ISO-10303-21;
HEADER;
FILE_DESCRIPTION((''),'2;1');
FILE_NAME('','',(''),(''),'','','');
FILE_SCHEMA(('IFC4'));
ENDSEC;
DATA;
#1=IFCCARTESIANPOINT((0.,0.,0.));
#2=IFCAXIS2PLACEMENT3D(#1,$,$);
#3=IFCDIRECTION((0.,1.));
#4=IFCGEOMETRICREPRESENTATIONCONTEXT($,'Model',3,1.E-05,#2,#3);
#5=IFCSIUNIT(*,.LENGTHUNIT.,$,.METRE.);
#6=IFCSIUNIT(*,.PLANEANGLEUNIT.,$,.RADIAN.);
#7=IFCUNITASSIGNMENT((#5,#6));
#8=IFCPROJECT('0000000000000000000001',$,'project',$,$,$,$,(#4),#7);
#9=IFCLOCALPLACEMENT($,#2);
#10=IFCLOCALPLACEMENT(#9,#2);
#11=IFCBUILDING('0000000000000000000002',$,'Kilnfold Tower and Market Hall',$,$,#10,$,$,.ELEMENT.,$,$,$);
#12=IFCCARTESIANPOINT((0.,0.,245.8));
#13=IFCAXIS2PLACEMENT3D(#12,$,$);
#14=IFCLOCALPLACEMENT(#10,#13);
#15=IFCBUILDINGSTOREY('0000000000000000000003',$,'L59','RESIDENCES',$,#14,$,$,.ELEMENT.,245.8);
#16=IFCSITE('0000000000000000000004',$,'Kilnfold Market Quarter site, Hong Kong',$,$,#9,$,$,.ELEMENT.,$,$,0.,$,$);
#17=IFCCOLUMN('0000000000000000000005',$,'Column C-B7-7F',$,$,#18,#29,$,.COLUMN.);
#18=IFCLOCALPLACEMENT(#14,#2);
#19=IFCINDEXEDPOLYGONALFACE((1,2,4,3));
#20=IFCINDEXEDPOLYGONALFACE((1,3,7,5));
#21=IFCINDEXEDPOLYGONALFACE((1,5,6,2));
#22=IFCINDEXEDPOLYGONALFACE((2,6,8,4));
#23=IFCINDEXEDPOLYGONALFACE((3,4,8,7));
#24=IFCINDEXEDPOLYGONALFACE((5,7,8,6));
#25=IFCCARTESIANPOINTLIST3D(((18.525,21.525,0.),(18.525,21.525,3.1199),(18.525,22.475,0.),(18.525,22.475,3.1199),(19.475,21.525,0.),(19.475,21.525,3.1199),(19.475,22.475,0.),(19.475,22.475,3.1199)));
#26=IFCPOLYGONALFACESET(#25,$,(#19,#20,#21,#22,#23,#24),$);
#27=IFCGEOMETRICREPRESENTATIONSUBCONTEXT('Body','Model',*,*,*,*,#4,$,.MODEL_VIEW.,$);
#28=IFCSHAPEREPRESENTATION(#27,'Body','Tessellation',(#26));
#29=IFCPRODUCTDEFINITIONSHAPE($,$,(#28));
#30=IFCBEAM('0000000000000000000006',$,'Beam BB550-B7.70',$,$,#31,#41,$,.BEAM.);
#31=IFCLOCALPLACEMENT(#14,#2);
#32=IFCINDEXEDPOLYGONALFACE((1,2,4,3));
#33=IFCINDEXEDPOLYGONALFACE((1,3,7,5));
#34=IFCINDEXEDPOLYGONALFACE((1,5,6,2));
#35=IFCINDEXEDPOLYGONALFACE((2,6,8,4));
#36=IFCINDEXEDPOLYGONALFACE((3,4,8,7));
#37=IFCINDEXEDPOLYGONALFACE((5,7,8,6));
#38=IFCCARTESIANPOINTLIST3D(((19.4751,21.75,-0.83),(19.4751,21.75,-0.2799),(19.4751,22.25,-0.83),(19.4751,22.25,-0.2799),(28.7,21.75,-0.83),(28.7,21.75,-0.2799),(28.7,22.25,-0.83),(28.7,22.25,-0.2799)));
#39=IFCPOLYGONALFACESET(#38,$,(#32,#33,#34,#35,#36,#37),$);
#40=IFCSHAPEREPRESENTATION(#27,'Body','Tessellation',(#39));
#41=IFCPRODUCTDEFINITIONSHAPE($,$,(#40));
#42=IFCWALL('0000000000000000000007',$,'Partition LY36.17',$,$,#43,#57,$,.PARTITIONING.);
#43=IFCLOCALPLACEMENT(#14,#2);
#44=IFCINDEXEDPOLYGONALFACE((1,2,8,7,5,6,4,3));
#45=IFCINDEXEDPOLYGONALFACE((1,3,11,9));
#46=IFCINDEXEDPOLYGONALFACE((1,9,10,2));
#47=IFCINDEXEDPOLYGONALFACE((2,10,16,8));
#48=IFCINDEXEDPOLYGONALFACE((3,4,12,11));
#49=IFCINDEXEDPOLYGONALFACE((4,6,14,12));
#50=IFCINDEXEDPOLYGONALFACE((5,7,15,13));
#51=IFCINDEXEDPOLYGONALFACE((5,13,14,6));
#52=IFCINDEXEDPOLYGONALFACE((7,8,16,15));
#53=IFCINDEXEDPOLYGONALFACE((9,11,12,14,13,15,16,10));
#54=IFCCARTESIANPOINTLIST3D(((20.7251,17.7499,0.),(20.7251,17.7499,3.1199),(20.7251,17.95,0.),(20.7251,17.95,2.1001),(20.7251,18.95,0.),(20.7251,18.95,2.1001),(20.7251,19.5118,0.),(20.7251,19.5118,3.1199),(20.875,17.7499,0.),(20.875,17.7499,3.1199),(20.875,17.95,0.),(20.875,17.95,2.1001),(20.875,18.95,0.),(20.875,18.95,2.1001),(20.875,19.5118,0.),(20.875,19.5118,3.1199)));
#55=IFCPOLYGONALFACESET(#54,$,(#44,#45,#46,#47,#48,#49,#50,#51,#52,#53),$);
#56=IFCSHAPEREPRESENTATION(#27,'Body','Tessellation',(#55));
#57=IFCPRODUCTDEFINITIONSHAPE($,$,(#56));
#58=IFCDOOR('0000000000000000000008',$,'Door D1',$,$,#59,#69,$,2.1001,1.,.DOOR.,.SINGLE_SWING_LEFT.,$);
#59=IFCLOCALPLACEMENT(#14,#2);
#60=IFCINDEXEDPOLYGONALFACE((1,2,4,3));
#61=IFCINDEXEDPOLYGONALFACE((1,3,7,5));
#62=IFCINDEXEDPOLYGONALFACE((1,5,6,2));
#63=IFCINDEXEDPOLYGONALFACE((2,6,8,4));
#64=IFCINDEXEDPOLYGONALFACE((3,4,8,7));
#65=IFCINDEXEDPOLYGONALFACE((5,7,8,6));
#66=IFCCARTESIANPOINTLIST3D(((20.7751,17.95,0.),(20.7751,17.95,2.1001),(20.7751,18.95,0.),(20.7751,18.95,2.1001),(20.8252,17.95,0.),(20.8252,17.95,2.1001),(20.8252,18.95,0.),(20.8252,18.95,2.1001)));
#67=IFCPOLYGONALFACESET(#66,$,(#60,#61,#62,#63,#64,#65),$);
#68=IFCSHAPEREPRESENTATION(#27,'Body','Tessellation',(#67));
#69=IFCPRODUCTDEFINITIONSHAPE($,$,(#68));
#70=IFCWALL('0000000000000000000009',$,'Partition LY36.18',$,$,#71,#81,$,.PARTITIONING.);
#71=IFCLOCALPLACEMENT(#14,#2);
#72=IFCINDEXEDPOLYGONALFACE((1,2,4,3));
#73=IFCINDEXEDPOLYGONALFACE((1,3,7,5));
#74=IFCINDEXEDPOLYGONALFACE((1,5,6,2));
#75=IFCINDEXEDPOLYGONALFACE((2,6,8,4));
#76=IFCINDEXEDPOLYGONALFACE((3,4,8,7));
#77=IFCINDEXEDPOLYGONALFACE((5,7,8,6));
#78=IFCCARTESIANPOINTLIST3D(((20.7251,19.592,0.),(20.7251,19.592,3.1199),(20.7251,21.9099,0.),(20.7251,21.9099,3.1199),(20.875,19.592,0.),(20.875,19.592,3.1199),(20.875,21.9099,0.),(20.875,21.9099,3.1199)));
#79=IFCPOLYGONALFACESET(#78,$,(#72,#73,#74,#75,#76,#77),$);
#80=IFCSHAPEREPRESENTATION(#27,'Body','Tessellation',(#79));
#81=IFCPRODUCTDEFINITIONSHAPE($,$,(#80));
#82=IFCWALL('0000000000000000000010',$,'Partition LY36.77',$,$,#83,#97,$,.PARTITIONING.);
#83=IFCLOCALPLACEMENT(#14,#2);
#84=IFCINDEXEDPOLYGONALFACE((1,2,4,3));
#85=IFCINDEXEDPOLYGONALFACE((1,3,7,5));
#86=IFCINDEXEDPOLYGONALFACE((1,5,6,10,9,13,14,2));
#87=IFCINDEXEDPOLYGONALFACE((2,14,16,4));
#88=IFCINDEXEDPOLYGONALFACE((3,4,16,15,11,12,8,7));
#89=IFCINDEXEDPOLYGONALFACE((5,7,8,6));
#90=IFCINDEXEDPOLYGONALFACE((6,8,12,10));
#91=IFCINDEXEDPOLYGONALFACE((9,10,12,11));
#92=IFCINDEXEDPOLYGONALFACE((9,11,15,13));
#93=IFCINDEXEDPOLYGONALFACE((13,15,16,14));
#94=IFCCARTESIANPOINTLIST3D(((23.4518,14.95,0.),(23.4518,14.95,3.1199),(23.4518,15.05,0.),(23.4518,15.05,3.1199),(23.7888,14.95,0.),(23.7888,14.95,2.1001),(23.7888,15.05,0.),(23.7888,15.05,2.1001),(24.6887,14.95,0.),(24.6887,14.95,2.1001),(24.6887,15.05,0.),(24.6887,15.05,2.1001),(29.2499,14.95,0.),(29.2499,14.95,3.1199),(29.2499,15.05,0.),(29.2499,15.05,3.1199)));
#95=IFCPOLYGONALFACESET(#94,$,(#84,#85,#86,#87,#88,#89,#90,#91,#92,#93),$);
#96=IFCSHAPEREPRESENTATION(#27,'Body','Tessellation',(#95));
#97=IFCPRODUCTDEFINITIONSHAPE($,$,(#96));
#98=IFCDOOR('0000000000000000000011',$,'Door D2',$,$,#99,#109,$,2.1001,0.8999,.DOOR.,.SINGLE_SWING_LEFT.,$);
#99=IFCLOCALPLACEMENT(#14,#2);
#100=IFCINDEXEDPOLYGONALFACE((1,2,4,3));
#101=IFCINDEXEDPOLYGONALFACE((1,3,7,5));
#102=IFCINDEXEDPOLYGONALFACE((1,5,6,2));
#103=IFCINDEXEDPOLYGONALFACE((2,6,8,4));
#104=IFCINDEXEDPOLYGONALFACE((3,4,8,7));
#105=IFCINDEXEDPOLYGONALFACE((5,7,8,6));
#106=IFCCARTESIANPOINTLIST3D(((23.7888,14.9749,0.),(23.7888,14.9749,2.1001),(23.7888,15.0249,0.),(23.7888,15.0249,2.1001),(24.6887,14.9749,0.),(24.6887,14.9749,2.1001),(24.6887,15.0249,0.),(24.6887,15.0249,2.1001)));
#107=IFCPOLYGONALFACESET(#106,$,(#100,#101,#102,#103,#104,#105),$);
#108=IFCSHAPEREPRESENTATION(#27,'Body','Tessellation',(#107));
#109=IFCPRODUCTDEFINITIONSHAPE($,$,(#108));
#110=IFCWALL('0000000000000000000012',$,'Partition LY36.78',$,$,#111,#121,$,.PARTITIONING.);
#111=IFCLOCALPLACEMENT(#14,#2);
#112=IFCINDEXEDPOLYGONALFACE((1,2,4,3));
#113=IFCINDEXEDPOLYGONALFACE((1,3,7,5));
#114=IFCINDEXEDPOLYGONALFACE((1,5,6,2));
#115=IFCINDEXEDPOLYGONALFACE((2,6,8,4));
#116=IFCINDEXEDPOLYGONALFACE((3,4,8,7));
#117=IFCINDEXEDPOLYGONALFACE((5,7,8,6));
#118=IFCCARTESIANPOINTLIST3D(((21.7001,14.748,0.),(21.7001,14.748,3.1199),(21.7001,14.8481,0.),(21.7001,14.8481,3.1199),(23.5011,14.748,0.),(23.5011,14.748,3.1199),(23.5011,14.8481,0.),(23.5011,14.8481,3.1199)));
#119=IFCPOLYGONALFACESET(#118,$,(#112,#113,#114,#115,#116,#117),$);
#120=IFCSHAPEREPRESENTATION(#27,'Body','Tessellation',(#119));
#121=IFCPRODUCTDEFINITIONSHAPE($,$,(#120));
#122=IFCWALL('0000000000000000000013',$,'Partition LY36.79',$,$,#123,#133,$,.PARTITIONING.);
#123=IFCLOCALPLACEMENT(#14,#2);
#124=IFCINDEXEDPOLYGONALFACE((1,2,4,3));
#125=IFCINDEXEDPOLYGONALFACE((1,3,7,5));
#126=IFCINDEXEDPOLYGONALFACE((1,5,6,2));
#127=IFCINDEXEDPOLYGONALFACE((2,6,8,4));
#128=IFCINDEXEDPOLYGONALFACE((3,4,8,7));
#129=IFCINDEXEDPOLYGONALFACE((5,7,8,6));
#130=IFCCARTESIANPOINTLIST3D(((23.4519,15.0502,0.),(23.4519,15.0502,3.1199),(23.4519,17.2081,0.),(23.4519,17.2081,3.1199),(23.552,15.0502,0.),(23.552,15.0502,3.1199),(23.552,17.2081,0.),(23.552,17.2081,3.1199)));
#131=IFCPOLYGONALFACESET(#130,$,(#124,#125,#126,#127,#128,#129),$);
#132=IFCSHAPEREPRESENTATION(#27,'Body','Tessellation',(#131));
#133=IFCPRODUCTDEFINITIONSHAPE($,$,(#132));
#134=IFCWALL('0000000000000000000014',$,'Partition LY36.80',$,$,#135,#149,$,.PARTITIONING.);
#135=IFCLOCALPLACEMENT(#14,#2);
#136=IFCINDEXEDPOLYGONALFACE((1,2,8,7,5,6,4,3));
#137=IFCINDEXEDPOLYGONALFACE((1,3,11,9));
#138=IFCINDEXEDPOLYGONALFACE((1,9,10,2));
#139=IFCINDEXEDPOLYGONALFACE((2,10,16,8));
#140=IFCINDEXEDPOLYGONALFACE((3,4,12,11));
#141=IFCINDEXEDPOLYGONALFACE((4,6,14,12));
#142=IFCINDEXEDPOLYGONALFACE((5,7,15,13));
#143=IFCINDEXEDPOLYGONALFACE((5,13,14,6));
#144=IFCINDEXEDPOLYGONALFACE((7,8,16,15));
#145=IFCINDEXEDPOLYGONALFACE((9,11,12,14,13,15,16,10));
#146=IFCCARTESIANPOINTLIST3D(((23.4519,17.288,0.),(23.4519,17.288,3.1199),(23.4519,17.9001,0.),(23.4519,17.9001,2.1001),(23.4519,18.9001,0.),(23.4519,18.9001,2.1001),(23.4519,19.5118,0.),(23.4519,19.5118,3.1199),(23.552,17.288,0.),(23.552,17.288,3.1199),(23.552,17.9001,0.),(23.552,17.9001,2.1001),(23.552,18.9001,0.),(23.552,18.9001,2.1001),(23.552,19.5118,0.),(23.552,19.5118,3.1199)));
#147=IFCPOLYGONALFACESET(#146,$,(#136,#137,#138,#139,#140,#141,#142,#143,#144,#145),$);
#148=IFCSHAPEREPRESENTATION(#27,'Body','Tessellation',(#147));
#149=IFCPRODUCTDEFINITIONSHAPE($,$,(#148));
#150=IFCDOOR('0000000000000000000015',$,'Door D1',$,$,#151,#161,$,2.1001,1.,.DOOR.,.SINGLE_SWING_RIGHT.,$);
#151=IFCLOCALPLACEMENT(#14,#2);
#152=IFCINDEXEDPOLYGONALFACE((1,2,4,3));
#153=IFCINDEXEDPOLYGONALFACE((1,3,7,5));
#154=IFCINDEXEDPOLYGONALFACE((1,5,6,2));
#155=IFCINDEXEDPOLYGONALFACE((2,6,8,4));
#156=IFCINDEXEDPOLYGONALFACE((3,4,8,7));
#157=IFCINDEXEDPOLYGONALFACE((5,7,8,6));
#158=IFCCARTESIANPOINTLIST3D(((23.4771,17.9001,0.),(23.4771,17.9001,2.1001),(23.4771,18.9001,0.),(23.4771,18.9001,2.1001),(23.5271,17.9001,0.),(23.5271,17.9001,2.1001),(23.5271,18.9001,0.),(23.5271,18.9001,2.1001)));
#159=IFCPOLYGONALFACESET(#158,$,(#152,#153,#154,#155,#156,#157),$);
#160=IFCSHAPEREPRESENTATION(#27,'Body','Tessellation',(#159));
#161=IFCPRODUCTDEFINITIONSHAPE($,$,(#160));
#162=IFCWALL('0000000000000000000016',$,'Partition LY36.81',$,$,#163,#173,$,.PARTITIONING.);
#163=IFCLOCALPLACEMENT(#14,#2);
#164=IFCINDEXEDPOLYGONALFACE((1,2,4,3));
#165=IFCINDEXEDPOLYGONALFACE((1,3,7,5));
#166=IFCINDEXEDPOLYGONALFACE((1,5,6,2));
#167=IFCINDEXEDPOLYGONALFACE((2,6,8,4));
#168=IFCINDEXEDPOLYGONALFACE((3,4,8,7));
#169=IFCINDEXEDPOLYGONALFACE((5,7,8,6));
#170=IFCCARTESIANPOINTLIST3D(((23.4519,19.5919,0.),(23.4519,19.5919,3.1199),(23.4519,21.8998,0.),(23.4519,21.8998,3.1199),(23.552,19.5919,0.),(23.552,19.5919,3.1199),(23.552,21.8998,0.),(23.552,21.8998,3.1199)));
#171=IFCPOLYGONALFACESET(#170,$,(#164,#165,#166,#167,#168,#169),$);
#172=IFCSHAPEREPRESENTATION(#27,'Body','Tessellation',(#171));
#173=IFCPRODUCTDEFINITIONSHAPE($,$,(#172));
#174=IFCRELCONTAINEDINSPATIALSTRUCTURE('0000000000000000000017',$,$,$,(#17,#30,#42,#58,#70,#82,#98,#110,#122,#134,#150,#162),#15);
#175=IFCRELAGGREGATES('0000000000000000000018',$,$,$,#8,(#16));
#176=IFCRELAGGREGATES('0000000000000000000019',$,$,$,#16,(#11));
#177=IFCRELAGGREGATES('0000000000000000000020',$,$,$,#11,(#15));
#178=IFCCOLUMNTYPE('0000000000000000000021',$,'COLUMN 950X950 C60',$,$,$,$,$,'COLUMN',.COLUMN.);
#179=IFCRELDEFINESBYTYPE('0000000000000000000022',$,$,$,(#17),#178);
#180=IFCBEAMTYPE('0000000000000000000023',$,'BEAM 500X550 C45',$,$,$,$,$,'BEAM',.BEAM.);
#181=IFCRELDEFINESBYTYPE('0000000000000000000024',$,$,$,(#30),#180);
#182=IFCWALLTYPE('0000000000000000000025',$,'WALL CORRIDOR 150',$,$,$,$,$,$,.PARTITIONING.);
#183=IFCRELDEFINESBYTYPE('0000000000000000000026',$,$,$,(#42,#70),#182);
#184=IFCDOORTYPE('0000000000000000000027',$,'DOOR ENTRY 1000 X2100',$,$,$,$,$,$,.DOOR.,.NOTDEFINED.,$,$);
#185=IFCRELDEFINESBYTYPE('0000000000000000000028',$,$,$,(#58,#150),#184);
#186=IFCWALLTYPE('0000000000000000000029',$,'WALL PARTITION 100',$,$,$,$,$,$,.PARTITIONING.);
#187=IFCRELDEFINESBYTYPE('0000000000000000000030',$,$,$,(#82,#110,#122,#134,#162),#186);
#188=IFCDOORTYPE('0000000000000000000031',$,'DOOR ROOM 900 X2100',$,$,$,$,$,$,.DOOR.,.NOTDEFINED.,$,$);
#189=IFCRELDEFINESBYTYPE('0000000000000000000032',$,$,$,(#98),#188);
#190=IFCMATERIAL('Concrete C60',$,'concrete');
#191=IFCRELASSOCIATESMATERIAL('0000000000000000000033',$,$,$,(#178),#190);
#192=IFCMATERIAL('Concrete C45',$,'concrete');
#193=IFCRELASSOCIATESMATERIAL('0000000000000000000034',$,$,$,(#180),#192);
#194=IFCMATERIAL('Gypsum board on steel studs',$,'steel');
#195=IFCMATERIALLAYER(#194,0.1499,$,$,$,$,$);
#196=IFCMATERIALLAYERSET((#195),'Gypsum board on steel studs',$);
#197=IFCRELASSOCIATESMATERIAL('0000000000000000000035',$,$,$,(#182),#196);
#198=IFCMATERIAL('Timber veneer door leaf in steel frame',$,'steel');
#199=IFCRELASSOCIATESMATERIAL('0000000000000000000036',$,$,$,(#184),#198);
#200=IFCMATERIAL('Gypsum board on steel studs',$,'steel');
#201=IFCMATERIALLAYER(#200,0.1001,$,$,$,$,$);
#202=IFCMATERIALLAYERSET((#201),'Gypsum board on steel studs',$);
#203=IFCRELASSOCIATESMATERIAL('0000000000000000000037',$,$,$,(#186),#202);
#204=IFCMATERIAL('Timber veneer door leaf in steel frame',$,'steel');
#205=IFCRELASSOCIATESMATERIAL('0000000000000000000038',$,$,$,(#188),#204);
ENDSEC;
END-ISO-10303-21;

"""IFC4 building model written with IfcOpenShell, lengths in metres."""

from ifc_helpers import new_model, si_unit, direction, frame, frame_2d, origin, origin_2d, place, context, subcontext, project, spatial, rectangle, extrude, source, transform, mapped, material, layer, layer_set, material_profile, profile_set, type_object, element, fill, save


model = new_model("IFC4")

# Units and contexts
model_context = context("Model", 3, precision=1e-05, world=origin(), true_north=direction((0.0, 1.0)))
body_context = subcontext(model_context, "Body", "Model", "MODEL_VIEW")
ifc_project = project(units=[si_unit("LENGTHUNIT", "METRE"), si_unit("PLANEANGLEUNIT", "RADIAN")], contexts=[model_context])

# Site, building, storey
site_placement = place(None, origin())
site = spatial("IfcSite", under=ifc_project, at=site_placement, Name="Kilnfold Market Quarter site, Hong Kong", CompositionType="ELEMENT", RefElevation=0.0)
building_placement = place(site_placement, origin())
building = spatial("IfcBuilding", under=site, at=building_placement, Name="Kilnfold Tower and Market Hall", CompositionType="ELEMENT")
storey_placement = place(building_placement, frame((0.0, 0.0, 245.8)))
storey = spatial("IfcBuildingStorey", under=building, at=storey_placement, Name="L59", Description="RESIDENCES", CompositionType="ELEMENT", Elevation=245.8)

# Column
ifc_material_1 = material(Name="Concrete C60", Category="concrete")
ifc_material_profile_1 = material_profile(ifc_material_1, rectangle(XDim=0.95, YDim=0.95, at=origin_2d()), Name="RC 950x950")
ifc_profile_set_1 = profile_set([ifc_material_profile_1], Name="Concrete C60")
column_type = type_object("IfcColumnType", Name="COLUMN 950X950 C60", ElementType="COLUMN", PredefinedType="COLUMN", material=ifc_profile_set_1)
shared_shape_1 = source(origin(), body_context, "Body", "SweptSolid", [
    extrude(rectangle(XDim=0.95, YDim=0.95, at=origin_2d()), origin(), (0.0, 0.0, 1.0), 3.1199),
])
column_placement = place(storey_placement, frame((19.0, 22.0, 0.0), z_axis=(0.0, 0.0, 1.0), x_axis=(1.0, 0.0, 0.0)))
element("IfcColumn", 1, at=column_placement, inside=storey, type_object=column_type, Name="Column C-B7-7F", PredefinedType="COLUMN", context=body_context, shape_type="MappedRepresentation", body=[
    mapped(shared_shape_1, transform((0.0, 0.0, 0.0))),
])

# Beam
ifc_material_2 = material(Name="Concrete C45", Category="concrete")
ifc_material_profile_2 = material_profile(ifc_material_2, rectangle(XDim=0.5, YDim=0.55, at=origin_2d()), Name="RC 500x550")
ifc_profile_set_2 = profile_set([ifc_material_profile_2], Name="Concrete C45")
beam_type = type_object("IfcBeamType", Name="BEAM 500X550 C45", ElementType="BEAM", PredefinedType="BEAM", material=ifc_profile_set_2)
shared_shape_2 = source(origin(), body_context, "Body", "SweptSolid", [
    extrude(rectangle(XDim=0.5, YDim=0.55, at=origin_2d()), origin(), (0.0, 0.0, 1.0), 9.2249),
])
beam_placement = place(storey_placement, frame((19.4751, 22.0, -0.5549), z_axis=(1.0, 0.0, 0.0), x_axis=(0.0, 1.0, 0.0)))
element("IfcBeam", 2, at=beam_placement, inside=storey, type_object=beam_type, Name="Beam BB550-B7.70", PredefinedType="BEAM", context=body_context, shape_type="MappedRepresentation", body=[
    mapped(shared_shape_2, transform((0.0, 0.0, 0.0))),
])

# Wall, opening, door
ifc_material_3 = material(Name="Gypsum board on steel studs", Category="steel")
ifc_layer_1 = layer(ifc_material_3, 0.1499)
ifc_layer_set_1 = layer_set([ifc_layer_1], Name="Gypsum board on steel studs")
wall_type_1 = type_object("IfcWallType", Name="WALL CORRIDOR 150", PredefinedType="PARTITIONING", material=ifc_layer_set_1)
wall_1_placement = place(storey_placement, frame((20.8, 17.75, 0.0), z_axis=(0.0, 0.0, 1.0), x_axis=(0.0, 1.0, 0.0)))
wall_1 = element("IfcWall", 3, at=wall_1_placement, inside=storey, type_object=wall_type_1, Name="Partition LY36.17", PredefinedType="PARTITIONING", context=body_context, shape_type="SweptSolid", body=[
    extrude(rectangle(XDim=1.762, YDim=0.1499, at=frame_2d((0.8809, 0.0))), origin(), (0.0, 0.0, 1.0), 3.1199),
])
opening_1_placement = place(wall_1_placement, frame((0.2, 0.0, 0.0)))
opening_1 = element("IfcOpeningElement", 4, at=opening_1_placement, cuts=wall_1, PredefinedType="OPENING", context=body_context, shape_type="SweptSolid", body=[
    extrude(rectangle(XDim=1.0, YDim=2.1001, at=frame_2d((0.5, 1.05))), frame((0.0, 0.085, 0.0), z_axis=(0.0, -1.0, 0.0), x_axis=(1.0, 0.0, 0.0)), (0.0, 0.0, 1.0), 0.1699),
])
ifc_material_4 = material(Name="Timber veneer door leaf in steel frame", Category="steel")
door_type_1 = type_object("IfcDoorType", Name="DOOR ENTRY 1000 X2100", OperationType="NOTDEFINED", PredefinedType="DOOR", material=ifc_material_4)
door_1_placement = place(opening_1_placement, origin())
door_1 = element("IfcDoor", 5, at=door_1_placement, inside=storey, type_object=door_type_1, Name="Door D1", OperationType="SINGLE_SWING_LEFT", OverallHeight=2.1001, OverallWidth=1.0, PredefinedType="DOOR", context=body_context, shape_type="SweptSolid", body=[
    extrude(rectangle(XDim=1.0, YDim=2.1001, at=frame_2d((0.5, 1.05))), frame((0.0, 0.0249, 0.0), z_axis=(0.0, -1.0, 0.0), x_axis=(1.0, 0.0, 0.0)), (0.0, 0.0, 1.0), 0.05),
])
fill(opening_1, door_1)

# Wall
wall_2_placement = place(storey_placement, frame((20.8, 19.592, 0.0), z_axis=(0.0, 0.0, 1.0), x_axis=(0.0, 1.0, 0.0)))
element("IfcWall", 6, at=wall_2_placement, inside=storey, type_object=wall_type_1, Name="Partition LY36.18", PredefinedType="PARTITIONING", context=body_context, shape_type="SweptSolid", body=[
    extrude(rectangle(XDim=2.3179, YDim=0.1499, at=frame_2d((1.1589, 0.0))), origin(), (0.0, 0.0, 1.0), 3.1199),
])

# Wall, opening, door
ifc_material_5 = material(Name="Gypsum board on steel studs", Category="steel")
ifc_layer_2 = layer(ifc_material_5, 0.1001)
ifc_layer_set_2 = layer_set([ifc_layer_2], Name="Gypsum board on steel studs")
wall_type_2 = type_object("IfcWallType", Name="WALL PARTITION 100", PredefinedType="PARTITIONING", material=ifc_layer_set_2)
wall_3_placement = place(storey_placement, frame((23.4519, 15.0, 0.0), z_axis=(0.0, 0.0, 1.0), x_axis=(1.0, 0.0, 0.0)))
wall_3 = element("IfcWall", 7, at=wall_3_placement, inside=storey, type_object=wall_type_2, Name="Partition LY36.77", PredefinedType="PARTITIONING", context=body_context, shape_type="SweptSolid", body=[
    extrude(rectangle(XDim=5.7981, YDim=0.1001, at=frame_2d((2.8989, 0.0))), origin(), (0.0, 0.0, 1.0), 3.1199),
])
opening_2_placement = place(wall_3_placement, frame((0.3369, 0.0, 0.0)))
opening_2 = element("IfcOpeningElement", 8, at=opening_2_placement, cuts=wall_3, PredefinedType="OPENING", context=body_context, shape_type="SweptSolid", body=[
    extrude(rectangle(XDim=0.8999, YDim=2.1001, at=frame_2d((0.45, 1.05))), frame((0.0, 0.0601, 0.0), z_axis=(0.0, -1.0, 0.0), x_axis=(1.0, 0.0, 0.0)), (0.0, 0.0, 1.0), 0.1201),
])
ifc_material_6 = material(Name="Timber veneer door leaf in steel frame", Category="steel")
door_type_2 = type_object("IfcDoorType", Name="DOOR ROOM 900 X2100", OperationType="NOTDEFINED", PredefinedType="DOOR", material=ifc_material_6)
door_2_placement = place(opening_2_placement, origin())
door_2 = element("IfcDoor", 9, at=door_2_placement, inside=storey, type_object=door_type_2, Name="Door D2", OperationType="SINGLE_SWING_LEFT", OverallHeight=2.1001, OverallWidth=0.8999, PredefinedType="DOOR", context=body_context, shape_type="SweptSolid", body=[
    extrude(rectangle(XDim=0.8999, YDim=2.1001, at=frame_2d((0.45, 1.05))), frame((0.0, 0.0249, 0.0), z_axis=(0.0, -1.0, 0.0), x_axis=(1.0, 0.0, 0.0)), (0.0, 0.0, 1.0), 0.05),
])
fill(opening_2, door_2)

# Walls
wall_4_placement = place(storey_placement, frame((23.501, 14.7981, 0.0), z_axis=(0.0, 0.0, 1.0), x_axis=(-1.0, 0.0, 0.0)))
element("IfcWall", 10, at=wall_4_placement, inside=storey, type_object=wall_type_2, Name="Partition LY36.78", PredefinedType="PARTITIONING", context=body_context, shape_type="SweptSolid", body=[
    extrude(rectangle(XDim=1.801, YDim=0.1001, at=frame_2d((0.9004, 0.0))), origin(), (0.0, 0.0, 1.0), 3.1199),
])
wall_5_placement = place(storey_placement, frame((23.502, 15.05, 0.0), z_axis=(0.0, 0.0, 1.0), x_axis=(0.0, 1.0, 0.0)))
element("IfcWall", 11, at=wall_5_placement, inside=storey, type_object=wall_type_2, Name="Partition LY36.79", PredefinedType="PARTITIONING", context=body_context, shape_type="SweptSolid", body=[
    extrude(rectangle(XDim=2.158, YDim=0.1001, at=frame_2d((1.0791, 0.0))), origin(), (0.0, 0.0, 1.0), 3.1199),
])

# Wall, opening, door
wall_6_placement = place(storey_placement, frame((23.502, 17.2881, 0.0), z_axis=(0.0, 0.0, 1.0), x_axis=(0.0, 1.0, 0.0)))
wall_6 = element("IfcWall", 12, at=wall_6_placement, inside=storey, type_object=wall_type_2, Name="Partition LY36.80", PredefinedType="PARTITIONING", context=body_context, shape_type="SweptSolid", body=[
    extrude(rectangle(XDim=2.2239, YDim=0.1001, at=frame_2d((1.1118, 0.0))), origin(), (0.0, 0.0, 1.0), 3.1199),
])
opening_3_placement = place(wall_6_placement, frame((0.6121, 0.0, 0.0)))
opening_3 = element("IfcOpeningElement", 13, at=opening_3_placement, cuts=wall_6, PredefinedType="OPENING", context=body_context, shape_type="SweptSolid", body=[
    extrude(rectangle(XDim=1.0, YDim=2.1001, at=frame_2d((0.5, 1.05))), frame((0.0, 0.0601, 0.0), z_axis=(0.0, -1.0, 0.0), x_axis=(1.0, 0.0, 0.0)), (0.0, 0.0, 1.0), 0.1201),
])
door_3_placement = place(opening_3_placement, origin())
door_3 = element("IfcDoor", 14, at=door_3_placement, inside=storey, type_object=door_type_1, Name="Door D1", OperationType="SINGLE_SWING_RIGHT", OverallHeight=2.1001, OverallWidth=1.0, PredefinedType="DOOR", context=body_context, shape_type="SweptSolid", body=[
    extrude(rectangle(XDim=1.0, YDim=2.1001, at=frame_2d((0.5, 1.05))), frame((0.0, 0.0249, 0.0), z_axis=(0.0, -1.0, 0.0), x_axis=(1.0, 0.0, 0.0)), (0.0, 0.0, 1.0), 0.05),
])
fill(opening_3, door_3)

# Wall
wall_7_placement = place(storey_placement, frame((23.502, 19.592, 0.0), z_axis=(0.0, 0.0, 1.0), x_axis=(0.0, 1.0, 0.0)))
element("IfcWall", 15, at=wall_7_placement, inside=storey, type_object=wall_type_2, Name="Partition LY36.81", PredefinedType="PARTITIONING", context=body_context, shape_type="SweptSolid", body=[
    extrude(rectangle(XDim=2.3079, YDim=0.1001, at=frame_2d((1.1538, 0.0))), origin(), (0.0, 0.0, 1.0), 3.1199),
])

save(model, "model.ifc")
